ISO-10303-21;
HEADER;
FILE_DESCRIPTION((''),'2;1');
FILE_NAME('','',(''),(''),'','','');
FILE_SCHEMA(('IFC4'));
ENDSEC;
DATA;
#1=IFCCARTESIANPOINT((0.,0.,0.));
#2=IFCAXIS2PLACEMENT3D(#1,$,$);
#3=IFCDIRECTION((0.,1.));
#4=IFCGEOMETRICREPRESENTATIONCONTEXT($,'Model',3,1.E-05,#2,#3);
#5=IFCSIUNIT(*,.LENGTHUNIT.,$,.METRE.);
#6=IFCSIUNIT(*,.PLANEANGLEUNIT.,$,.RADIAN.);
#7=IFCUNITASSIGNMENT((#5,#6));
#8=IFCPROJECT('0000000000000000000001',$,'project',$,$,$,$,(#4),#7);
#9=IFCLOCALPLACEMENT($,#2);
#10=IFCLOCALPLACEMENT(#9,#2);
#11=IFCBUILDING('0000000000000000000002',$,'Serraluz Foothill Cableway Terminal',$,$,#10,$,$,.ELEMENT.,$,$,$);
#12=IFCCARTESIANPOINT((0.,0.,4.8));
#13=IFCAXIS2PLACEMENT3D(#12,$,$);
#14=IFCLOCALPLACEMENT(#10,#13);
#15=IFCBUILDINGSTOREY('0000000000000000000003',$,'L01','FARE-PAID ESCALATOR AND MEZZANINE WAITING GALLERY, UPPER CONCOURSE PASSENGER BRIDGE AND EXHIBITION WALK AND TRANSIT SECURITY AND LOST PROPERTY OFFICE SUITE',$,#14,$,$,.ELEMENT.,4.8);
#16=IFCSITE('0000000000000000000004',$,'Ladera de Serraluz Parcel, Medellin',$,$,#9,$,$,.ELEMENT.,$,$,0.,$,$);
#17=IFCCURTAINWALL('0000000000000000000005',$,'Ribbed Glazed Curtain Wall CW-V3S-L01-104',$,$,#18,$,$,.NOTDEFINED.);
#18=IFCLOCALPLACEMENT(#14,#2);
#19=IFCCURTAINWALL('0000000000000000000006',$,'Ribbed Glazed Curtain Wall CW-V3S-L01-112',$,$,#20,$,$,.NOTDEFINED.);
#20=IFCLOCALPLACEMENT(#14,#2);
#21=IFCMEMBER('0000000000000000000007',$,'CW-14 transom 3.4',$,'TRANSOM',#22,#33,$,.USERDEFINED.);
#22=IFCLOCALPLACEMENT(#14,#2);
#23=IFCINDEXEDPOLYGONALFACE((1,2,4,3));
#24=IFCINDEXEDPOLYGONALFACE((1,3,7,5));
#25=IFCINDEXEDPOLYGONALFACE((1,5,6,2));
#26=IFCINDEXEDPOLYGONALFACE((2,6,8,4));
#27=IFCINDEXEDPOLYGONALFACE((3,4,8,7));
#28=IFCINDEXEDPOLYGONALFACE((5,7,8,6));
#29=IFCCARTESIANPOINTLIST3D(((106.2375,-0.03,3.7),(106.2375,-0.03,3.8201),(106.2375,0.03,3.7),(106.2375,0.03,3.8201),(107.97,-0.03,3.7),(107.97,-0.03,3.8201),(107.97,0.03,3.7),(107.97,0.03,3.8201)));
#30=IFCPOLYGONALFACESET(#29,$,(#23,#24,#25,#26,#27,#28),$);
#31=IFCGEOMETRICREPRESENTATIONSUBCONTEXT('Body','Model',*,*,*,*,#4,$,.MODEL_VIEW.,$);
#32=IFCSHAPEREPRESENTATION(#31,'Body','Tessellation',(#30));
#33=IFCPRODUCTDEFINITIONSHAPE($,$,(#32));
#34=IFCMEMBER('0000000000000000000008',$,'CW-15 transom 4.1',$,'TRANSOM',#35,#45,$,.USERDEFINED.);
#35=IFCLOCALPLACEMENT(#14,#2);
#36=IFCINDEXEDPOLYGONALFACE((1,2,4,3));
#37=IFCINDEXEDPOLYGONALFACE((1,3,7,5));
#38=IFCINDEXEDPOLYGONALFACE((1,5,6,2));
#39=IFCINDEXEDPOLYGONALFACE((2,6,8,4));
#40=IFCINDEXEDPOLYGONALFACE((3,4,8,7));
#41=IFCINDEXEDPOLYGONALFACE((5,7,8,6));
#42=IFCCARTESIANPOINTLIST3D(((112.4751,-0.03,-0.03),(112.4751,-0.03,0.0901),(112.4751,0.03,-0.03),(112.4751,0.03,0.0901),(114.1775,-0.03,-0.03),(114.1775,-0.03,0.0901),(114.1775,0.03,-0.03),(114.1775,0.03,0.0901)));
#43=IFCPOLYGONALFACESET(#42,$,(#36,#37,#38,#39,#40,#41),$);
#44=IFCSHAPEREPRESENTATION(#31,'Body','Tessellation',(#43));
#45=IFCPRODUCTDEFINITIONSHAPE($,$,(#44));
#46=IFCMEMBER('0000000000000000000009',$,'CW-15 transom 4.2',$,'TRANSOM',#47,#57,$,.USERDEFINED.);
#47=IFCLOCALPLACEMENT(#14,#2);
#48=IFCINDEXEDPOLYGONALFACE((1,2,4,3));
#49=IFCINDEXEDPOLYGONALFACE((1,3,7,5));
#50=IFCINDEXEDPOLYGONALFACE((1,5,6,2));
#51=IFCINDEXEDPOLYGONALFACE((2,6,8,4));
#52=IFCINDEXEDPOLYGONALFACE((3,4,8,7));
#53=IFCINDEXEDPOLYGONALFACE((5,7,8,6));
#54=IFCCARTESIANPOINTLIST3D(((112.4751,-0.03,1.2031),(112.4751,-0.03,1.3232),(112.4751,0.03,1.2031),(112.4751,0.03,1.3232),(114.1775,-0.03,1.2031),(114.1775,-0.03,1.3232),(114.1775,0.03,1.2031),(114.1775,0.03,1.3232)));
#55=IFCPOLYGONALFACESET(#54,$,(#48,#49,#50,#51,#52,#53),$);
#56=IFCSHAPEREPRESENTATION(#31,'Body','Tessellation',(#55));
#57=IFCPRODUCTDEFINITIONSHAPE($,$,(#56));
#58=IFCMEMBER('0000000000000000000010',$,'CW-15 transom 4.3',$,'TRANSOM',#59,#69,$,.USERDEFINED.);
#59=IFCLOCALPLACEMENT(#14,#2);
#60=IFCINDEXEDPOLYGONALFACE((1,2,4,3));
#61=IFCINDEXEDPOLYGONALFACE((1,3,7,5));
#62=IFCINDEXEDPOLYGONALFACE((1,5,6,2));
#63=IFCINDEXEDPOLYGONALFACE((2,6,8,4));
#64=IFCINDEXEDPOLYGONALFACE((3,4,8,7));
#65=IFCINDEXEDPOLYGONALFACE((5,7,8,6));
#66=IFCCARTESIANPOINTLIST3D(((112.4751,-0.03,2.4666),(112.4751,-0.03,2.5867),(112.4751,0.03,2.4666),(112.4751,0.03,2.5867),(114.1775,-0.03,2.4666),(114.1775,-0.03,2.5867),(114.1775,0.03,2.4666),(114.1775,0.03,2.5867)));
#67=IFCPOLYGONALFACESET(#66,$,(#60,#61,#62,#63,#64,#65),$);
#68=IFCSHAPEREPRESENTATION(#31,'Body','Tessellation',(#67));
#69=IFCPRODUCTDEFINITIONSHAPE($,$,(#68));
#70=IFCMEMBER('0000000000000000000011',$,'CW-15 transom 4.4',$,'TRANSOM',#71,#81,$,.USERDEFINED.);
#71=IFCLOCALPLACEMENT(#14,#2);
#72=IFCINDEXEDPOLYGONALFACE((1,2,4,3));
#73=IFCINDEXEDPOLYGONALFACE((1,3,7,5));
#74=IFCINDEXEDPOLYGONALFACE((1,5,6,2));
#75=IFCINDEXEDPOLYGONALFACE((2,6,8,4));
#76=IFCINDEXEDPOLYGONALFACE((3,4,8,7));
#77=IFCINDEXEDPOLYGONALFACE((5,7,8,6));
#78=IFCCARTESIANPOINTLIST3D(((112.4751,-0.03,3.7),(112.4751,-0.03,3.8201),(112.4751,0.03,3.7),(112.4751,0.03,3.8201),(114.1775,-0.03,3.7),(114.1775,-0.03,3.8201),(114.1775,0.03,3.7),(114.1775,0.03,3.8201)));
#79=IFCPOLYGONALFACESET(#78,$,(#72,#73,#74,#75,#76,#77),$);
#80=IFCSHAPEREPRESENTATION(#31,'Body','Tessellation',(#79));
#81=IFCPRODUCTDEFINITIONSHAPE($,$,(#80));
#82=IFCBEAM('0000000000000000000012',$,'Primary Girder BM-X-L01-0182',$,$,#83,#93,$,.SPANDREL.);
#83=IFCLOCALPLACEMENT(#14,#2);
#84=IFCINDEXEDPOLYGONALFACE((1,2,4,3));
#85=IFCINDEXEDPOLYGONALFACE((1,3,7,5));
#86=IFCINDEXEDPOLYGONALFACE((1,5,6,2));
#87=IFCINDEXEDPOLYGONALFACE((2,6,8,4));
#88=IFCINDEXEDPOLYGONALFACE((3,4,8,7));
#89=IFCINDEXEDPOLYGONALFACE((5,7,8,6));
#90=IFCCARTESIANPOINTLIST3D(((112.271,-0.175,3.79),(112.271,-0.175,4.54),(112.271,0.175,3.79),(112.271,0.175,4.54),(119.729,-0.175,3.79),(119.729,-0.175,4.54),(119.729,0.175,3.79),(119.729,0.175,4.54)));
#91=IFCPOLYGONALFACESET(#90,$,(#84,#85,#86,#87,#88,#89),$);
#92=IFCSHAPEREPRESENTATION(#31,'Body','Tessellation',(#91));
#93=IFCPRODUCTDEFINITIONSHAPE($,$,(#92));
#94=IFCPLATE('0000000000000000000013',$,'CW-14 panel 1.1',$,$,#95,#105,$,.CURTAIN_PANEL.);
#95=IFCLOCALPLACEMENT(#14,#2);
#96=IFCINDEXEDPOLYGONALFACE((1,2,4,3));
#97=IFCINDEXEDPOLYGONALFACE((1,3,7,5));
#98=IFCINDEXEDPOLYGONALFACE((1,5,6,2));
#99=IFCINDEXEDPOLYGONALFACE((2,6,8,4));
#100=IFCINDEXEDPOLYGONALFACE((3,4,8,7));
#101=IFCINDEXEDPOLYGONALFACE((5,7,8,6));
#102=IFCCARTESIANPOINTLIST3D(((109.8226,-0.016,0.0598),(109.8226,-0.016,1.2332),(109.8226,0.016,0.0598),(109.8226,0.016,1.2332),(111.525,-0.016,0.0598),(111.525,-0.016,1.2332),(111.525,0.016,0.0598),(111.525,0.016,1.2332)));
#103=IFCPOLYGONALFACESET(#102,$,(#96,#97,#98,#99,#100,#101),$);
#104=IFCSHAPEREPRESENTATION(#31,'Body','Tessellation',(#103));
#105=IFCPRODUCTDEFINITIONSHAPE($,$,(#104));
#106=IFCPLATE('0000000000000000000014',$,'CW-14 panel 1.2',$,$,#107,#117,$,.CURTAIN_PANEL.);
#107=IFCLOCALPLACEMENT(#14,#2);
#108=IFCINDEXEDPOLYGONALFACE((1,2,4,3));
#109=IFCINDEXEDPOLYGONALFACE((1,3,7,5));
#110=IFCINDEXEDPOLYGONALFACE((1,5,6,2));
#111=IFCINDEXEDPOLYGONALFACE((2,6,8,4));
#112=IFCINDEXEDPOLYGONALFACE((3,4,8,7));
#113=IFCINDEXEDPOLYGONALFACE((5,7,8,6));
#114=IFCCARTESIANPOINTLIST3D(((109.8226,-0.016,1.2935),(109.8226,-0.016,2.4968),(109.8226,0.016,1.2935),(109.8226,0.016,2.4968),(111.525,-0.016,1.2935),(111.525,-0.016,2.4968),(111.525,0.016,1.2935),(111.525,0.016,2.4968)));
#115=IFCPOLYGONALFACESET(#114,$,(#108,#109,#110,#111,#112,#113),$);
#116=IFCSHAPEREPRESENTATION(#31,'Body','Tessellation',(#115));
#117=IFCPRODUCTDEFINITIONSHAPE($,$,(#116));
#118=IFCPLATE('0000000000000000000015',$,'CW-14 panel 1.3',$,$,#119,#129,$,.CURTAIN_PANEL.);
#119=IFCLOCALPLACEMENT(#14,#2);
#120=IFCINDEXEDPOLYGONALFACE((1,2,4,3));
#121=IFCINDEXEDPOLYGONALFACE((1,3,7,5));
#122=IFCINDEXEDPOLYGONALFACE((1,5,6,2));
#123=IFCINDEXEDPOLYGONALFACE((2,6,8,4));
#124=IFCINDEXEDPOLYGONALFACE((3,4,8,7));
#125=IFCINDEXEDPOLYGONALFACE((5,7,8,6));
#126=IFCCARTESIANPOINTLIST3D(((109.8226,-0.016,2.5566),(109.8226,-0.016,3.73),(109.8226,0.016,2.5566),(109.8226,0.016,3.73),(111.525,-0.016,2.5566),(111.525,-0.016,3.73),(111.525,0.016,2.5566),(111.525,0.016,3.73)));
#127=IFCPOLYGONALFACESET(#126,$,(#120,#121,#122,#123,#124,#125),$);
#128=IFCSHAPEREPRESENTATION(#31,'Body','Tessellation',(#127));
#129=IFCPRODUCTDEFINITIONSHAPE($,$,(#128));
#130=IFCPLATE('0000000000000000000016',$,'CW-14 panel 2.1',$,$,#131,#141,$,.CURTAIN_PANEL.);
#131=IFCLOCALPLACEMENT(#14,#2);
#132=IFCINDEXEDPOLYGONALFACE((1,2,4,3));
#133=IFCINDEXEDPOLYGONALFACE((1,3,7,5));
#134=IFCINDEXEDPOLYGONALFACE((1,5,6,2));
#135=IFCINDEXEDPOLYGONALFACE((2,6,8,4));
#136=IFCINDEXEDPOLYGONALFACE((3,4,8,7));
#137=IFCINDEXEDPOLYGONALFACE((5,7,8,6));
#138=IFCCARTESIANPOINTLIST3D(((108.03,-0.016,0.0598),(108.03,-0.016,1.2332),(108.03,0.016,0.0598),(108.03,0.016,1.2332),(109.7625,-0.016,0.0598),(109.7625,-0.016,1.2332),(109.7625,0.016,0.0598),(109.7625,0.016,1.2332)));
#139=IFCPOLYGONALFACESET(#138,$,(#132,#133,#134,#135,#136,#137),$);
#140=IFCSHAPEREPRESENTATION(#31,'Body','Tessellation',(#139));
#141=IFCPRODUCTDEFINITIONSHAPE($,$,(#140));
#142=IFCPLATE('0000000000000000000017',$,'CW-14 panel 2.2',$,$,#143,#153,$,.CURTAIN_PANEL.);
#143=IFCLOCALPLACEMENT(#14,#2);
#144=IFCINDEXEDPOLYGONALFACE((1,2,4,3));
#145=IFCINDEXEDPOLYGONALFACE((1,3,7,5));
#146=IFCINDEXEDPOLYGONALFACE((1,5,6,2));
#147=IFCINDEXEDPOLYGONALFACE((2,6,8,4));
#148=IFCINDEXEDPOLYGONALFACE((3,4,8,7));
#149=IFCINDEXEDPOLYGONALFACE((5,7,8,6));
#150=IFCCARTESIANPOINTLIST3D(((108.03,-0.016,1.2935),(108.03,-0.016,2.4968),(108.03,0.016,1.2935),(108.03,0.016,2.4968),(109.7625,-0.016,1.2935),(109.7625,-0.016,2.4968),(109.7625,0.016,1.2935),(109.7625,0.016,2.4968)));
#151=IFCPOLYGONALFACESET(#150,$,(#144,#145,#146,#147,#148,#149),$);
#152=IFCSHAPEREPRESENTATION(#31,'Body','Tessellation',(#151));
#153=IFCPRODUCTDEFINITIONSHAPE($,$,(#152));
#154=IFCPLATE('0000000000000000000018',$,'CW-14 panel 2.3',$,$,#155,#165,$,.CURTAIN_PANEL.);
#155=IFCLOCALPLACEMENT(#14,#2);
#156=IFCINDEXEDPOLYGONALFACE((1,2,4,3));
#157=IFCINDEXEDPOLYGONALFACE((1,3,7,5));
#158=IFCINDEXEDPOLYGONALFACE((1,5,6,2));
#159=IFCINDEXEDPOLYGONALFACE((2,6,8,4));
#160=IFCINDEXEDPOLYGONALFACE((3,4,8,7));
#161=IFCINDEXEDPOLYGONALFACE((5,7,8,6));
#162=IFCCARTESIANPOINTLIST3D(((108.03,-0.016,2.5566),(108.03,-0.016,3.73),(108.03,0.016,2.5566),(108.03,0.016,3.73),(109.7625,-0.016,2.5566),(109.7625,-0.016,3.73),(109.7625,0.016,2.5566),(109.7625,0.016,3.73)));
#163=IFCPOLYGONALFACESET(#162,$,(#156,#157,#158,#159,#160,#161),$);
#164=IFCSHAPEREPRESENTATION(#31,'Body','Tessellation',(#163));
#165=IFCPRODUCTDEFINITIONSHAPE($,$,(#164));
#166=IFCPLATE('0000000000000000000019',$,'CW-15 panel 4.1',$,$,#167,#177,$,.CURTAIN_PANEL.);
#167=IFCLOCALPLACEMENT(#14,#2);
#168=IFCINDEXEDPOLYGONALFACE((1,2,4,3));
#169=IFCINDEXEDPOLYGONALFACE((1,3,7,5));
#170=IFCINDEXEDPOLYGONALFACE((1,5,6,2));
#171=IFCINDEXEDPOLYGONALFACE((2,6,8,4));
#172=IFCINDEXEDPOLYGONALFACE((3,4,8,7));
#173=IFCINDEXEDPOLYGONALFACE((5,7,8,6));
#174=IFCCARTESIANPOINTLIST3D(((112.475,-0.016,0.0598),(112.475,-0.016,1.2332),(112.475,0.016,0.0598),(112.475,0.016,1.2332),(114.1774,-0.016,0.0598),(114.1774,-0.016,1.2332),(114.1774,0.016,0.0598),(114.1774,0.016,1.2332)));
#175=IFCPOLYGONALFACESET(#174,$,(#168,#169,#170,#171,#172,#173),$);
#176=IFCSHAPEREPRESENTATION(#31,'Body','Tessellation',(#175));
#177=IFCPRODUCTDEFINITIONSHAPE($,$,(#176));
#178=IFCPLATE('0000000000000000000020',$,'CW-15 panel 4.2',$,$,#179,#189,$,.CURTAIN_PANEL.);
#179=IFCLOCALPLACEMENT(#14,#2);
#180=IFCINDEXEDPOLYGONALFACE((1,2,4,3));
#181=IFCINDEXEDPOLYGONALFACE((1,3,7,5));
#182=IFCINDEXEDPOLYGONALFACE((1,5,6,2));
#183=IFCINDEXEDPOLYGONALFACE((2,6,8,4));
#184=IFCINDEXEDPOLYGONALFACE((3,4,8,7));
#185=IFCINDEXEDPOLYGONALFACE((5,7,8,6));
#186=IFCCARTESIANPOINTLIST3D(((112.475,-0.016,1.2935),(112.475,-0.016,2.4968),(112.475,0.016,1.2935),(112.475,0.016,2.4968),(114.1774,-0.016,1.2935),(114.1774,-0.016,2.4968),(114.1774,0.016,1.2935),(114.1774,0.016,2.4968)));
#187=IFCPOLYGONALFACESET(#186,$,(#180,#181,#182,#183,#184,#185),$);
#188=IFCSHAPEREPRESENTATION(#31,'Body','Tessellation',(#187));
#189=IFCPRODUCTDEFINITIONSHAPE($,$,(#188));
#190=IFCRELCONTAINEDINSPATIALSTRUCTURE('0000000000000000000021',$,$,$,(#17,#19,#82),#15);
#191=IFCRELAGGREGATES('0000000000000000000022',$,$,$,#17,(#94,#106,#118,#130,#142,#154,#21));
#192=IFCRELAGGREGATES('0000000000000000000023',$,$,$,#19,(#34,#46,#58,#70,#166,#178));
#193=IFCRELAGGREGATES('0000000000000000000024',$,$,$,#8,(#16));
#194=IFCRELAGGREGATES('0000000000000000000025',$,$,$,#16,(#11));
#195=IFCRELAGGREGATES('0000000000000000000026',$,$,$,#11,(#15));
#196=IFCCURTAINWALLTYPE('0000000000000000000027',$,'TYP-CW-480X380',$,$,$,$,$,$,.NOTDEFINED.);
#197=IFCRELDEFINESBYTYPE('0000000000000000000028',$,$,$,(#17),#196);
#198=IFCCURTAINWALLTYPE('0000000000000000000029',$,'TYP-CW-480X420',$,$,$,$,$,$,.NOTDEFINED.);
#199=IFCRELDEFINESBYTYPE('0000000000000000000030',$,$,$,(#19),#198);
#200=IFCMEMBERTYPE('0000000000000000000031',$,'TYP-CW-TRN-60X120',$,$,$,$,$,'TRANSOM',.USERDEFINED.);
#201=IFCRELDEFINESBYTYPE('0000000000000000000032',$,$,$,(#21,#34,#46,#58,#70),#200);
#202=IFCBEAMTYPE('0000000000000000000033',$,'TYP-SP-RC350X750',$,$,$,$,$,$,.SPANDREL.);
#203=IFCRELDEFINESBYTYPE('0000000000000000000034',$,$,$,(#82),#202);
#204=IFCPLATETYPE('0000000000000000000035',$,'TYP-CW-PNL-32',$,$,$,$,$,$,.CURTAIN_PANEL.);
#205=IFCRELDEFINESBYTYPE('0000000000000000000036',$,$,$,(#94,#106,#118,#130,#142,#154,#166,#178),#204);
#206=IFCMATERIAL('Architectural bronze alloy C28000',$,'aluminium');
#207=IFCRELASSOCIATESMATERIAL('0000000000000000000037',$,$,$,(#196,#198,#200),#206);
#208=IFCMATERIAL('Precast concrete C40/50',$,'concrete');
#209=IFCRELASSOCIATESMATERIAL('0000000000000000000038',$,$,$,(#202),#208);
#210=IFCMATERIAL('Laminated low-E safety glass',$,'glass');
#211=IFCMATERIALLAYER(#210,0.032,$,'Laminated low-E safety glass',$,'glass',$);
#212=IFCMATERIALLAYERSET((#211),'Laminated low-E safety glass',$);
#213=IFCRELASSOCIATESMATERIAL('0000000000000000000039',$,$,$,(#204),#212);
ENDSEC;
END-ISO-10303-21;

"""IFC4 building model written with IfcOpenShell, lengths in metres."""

from ifc_helpers import new_model, si_unit, direction, frame, origin, origin_2d, place, context, subcontext, project, spatial, rectangle, extrude, material, layer, layer_set, material_profile, profile_set, type_object, element, aggregate, save


model = new_model("IFC4")

# Units and contexts
model_context = context("Model", 3, precision=1e-05, world=origin(), true_north=direction((0.0, 1.0)))
body_context = subcontext(model_context, "Body", "Model", "MODEL_VIEW")
ifc_project = project(units=[si_unit("LENGTHUNIT", "METRE"), si_unit("PLANEANGLEUNIT", "RADIAN")], contexts=[model_context])

# Site, building, storey
site_placement = place(None, origin())
site = spatial("IfcSite", under=ifc_project, at=site_placement, Name="Ladera de Serraluz Parcel, Medellin", CompositionType="ELEMENT", RefElevation=0.0)
building_placement = place(site_placement, origin())
building = spatial("IfcBuilding", under=site, at=building_placement, Name="Serraluz Foothill Cableway Terminal", CompositionType="ELEMENT")
storey_placement = place(building_placement, frame((0.0, 0.0, 4.8)))
storey = spatial("IfcBuildingStorey", under=building, at=storey_placement, Name="L01", Description="FARE-PAID ESCALATOR AND MEZZANINE WAITING GALLERY, UPPER CONCOURSE PASSENGER BRIDGE AND EXHIBITION WALK AND TRANSIT SECURITY AND LOST PROPERTY OFFICE SUITE", CompositionType="ELEMENT", Elevation=4.8)

# Curtain walls
ifc_material_1 = material(Name="Architectural bronze alloy C28000", Category="aluminium")
curtain_wall_type_1 = type_object("IfcCurtainWallType", Name="TYP-CW-480X380", PredefinedType="NOTDEFINED", material=ifc_material_1)
curtain_wall_1_placement = place(storey_placement, origin())
curtain_wall_1 = element("IfcCurtainWall", 1, at=curtain_wall_1_placement, inside=storey, type_object=curtain_wall_type_1, Name="Ribbed Glazed Curtain Wall CW-V3S-L01-104", PredefinedType="NOTDEFINED")
curtain_wall_type_2 = type_object("IfcCurtainWallType", Name="TYP-CW-480X420", PredefinedType="NOTDEFINED", material=ifc_material_1)
curtain_wall_2_placement = place(storey_placement, origin())
curtain_wall_2 = element("IfcCurtainWall", 2, at=curtain_wall_2_placement, inside=storey, type_object=curtain_wall_type_2, Name="Ribbed Glazed Curtain Wall CW-V3S-L01-112", PredefinedType="NOTDEFINED")

# Members
ifc_material_profile_1 = material_profile(ifc_material_1, rectangle(XDim=0.0601, YDim=0.1201, at=origin_2d()), Name="ALU TRANSOM 60x120")
ifc_profile_set_1 = profile_set([ifc_material_profile_1], Name="Architectural bronze alloy C28000")
member_type_1 = type_object("IfcMemberType", Name="TYP-CW-TRN-60X120", ElementType="TRANSOM", PredefinedType="USERDEFINED", material=ifc_profile_set_1)
member_1_placement = place(storey_placement, frame((107.97, 0.0, 3.76), z_axis=(-1.0, 0.0, 0.0), x_axis=(0.0, -1.0, 0.0)))
member_1 = element("IfcMember", 3, at=member_1_placement, type_object=member_type_1, Name="CW-14 transom 3.4", ObjectType="TRANSOM", PredefinedType="USERDEFINED", context=body_context, shape_type="SweptSolid", body=[
    extrude(rectangle(XDim=0.0601, YDim=0.1201, at=origin_2d()), origin(), (0.0, 0.0, 1.0), 1.7324),
])
member_2_placement = place(storey_placement, frame((114.1775, 0.0, 0.03), z_axis=(-1.0, 0.0, 0.0), x_axis=(0.0, -1.0, 0.0)))
member_2 = element("IfcMember", 4, at=member_2_placement, type_object=member_type_1, Name="CW-15 transom 4.1", ObjectType="TRANSOM", PredefinedType="USERDEFINED", context=body_context, shape_type="SweptSolid", body=[
    extrude(rectangle(XDim=0.0601, YDim=0.1201, at=origin_2d()), origin(), (0.0, 0.0, 1.0), 1.7024),
])
member_3_placement = place(storey_placement, frame((114.1775, 0.0, 1.2632), z_axis=(-1.0, 0.0, 0.0), x_axis=(0.0, -1.0, 0.0)))
member_3 = element("IfcMember", 5, at=member_3_placement, type_object=member_type_1, Name="CW-15 transom 4.2", ObjectType="TRANSOM", PredefinedType="USERDEFINED", context=body_context, shape_type="SweptSolid", body=[
    extrude(rectangle(XDim=0.0601, YDim=0.1201, at=origin_2d()), origin(), (0.0, 0.0, 1.0), 1.7024),
])
member_4_placement = place(storey_placement, frame((114.1775, 0.0, 2.5266), z_axis=(-1.0, 0.0, 0.0), x_axis=(0.0, -1.0, 0.0)))
member_4 = element("IfcMember", 6, at=member_4_placement, type_object=member_type_1, Name="CW-15 transom 4.3", ObjectType="TRANSOM", PredefinedType="USERDEFINED", context=body_context, shape_type="SweptSolid", body=[
    extrude(rectangle(XDim=0.0601, YDim=0.1201, at=origin_2d()), origin(), (0.0, 0.0, 1.0), 1.7024),
])
member_5_placement = place(storey_placement, frame((114.1775, 0.0, 3.76), z_axis=(-1.0, 0.0, 0.0), x_axis=(0.0, -1.0, 0.0)))
member_5 = element("IfcMember", 7, at=member_5_placement, type_object=member_type_1, Name="CW-15 transom 4.4", ObjectType="TRANSOM", PredefinedType="USERDEFINED", context=body_context, shape_type="SweptSolid", body=[
    extrude(rectangle(XDim=0.0601, YDim=0.1201, at=origin_2d()), origin(), (0.0, 0.0, 1.0), 1.7024),
])

# Beam
ifc_material_2 = material(Name="Precast concrete C40/50", Category="concrete")
ifc_material_profile_2 = material_profile(ifc_material_2, rectangle(XDim=0.3501, YDim=0.75, at=origin_2d()), Name="RC SP 350x750")
ifc_profile_set_2 = profile_set([ifc_material_profile_2], Name="Precast concrete C40/50")
beam_type = type_object("IfcBeamType", Name="TYP-SP-RC350X750", PredefinedType="SPANDREL", material=ifc_profile_set_2)
beam_placement = place(storey_placement, frame((112.271, 0.0, 4.165), z_axis=(1.0, 0.0, 0.0), x_axis=(0.0, 1.0, 0.0)))
element("IfcBeam", 8, at=beam_placement, inside=storey, type_object=beam_type, Name="Primary Girder BM-X-L01-0182", PredefinedType="SPANDREL", context=body_context, shape_type="SweptSolid", body=[
    extrude(rectangle(XDim=0.3501, YDim=0.75, at=origin_2d()), origin(), (0.0, 0.0, 1.0), 7.458),
])

# Plates
ifc_material_3 = material(Name="Laminated low-E safety glass", Category="glass")
ifc_layer = layer(ifc_material_3, 0.032, Name="Laminated low-E safety glass", Category="glass")
ifc_layer_set = layer_set([ifc_layer], Name="Laminated low-E safety glass")
plate_type = type_object("IfcPlateType", Name="TYP-CW-PNL-32", PredefinedType="CURTAIN_PANEL", material=ifc_layer_set)
plate_1_placement = place(storey_placement, frame((110.6738, 0.0, 0.0598), z_axis=(0.0, 0.0, 1.0), x_axis=(-1.0, 0.0, 0.0)))
plate_1 = element("IfcPlate", 9, at=plate_1_placement, type_object=plate_type, Name="CW-14 panel 1.1", PredefinedType="CURTAIN_PANEL", context=body_context, shape_type="SweptSolid", body=[
    extrude(rectangle(XDim=1.7024, YDim=0.032, at=origin_2d()), origin(), (0.0, 0.0, 1.0), 1.1733),
])
plate_2_placement = place(storey_placement, frame((110.6738, 0.0, 1.2935), z_axis=(0.0, 0.0, 1.0), x_axis=(-1.0, 0.0, 0.0)))
plate_2 = element("IfcPlate", 10, at=plate_2_placement, type_object=plate_type, Name="CW-14 panel 1.2", PredefinedType="CURTAIN_PANEL", context=body_context, shape_type="SweptSolid", body=[
    extrude(rectangle(XDim=1.7024, YDim=0.032, at=origin_2d()), origin(), (0.0, 0.0, 1.0), 1.2034),
])
plate_3_placement = place(storey_placement, frame((110.6738, 0.0, 2.5566), z_axis=(0.0, 0.0, 1.0), x_axis=(-1.0, 0.0, 0.0)))
plate_3 = element("IfcPlate", 11, at=plate_3_placement, type_object=plate_type, Name="CW-14 panel 1.3", PredefinedType="CURTAIN_PANEL", context=body_context, shape_type="SweptSolid", body=[
    extrude(rectangle(XDim=1.7024, YDim=0.032, at=origin_2d()), origin(), (0.0, 0.0, 1.0), 1.1733),
])
plate_4_placement = place(storey_placement, frame((108.8962, 0.0, 0.0598), z_axis=(0.0, 0.0, 1.0), x_axis=(-1.0, 0.0, 0.0)))
plate_4 = element("IfcPlate", 12, at=plate_4_placement, type_object=plate_type, Name="CW-14 panel 2.1", PredefinedType="CURTAIN_PANEL", context=body_context, shape_type="SweptSolid", body=[
    extrude(rectangle(XDim=1.7324, YDim=0.032, at=origin_2d()), origin(), (0.0, 0.0, 1.0), 1.1733),
])
plate_5_placement = place(storey_placement, frame((108.8962, 0.0, 1.2935), z_axis=(0.0, 0.0, 1.0), x_axis=(-1.0, 0.0, 0.0)))
plate_5 = element("IfcPlate", 13, at=plate_5_placement, type_object=plate_type, Name="CW-14 panel 2.2", PredefinedType="CURTAIN_PANEL", context=body_context, shape_type="SweptSolid", body=[
    extrude(rectangle(XDim=1.7324, YDim=0.032, at=origin_2d()), origin(), (0.0, 0.0, 1.0), 1.2034),
])
plate_6_placement = place(storey_placement, frame((108.8962, 0.0, 2.5566), z_axis=(0.0, 0.0, 1.0), x_axis=(-1.0, 0.0, 0.0)))
plate_6 = element("IfcPlate", 14, at=plate_6_placement, type_object=plate_type, Name="CW-14 panel 2.3", PredefinedType="CURTAIN_PANEL", context=body_context, shape_type="SweptSolid", body=[
    extrude(rectangle(XDim=1.7324, YDim=0.032, at=origin_2d()), origin(), (0.0, 0.0, 1.0), 1.1733),
])
aggregate(curtain_wall_1, [plate_1, plate_2, plate_3, plate_4, plate_5, plate_6, member_1])
plate_7_placement = place(storey_placement, frame((113.3262, 0.0, 0.0598), z_axis=(0.0, 0.0, 1.0), x_axis=(-1.0, 0.0, 0.0)))
plate_7 = element("IfcPlate", 15, at=plate_7_placement, type_object=plate_type, Name="CW-15 panel 4.1", PredefinedType="CURTAIN_PANEL", context=body_context, shape_type="SweptSolid", body=[
    extrude(rectangle(XDim=1.7024, YDim=0.032, at=origin_2d()), origin(), (0.0, 0.0, 1.0), 1.1733),
])
plate_8_placement = place(storey_placement, frame((113.3262, 0.0, 1.2935), z_axis=(0.0, 0.0, 1.0), x_axis=(-1.0, 0.0, 0.0)))
plate_8 = element("IfcPlate", 16, at=plate_8_placement, type_object=plate_type, Name="CW-15 panel 4.2", PredefinedType="CURTAIN_PANEL", context=body_context, shape_type="SweptSolid", body=[
    extrude(rectangle(XDim=1.7024, YDim=0.032, at=origin_2d()), origin(), (0.0, 0.0, 1.0), 1.2034),
])
aggregate(curtain_wall_2, [member_2, member_3, member_4, member_5, plate_7, plate_8])

save(model, "model.ifc")
